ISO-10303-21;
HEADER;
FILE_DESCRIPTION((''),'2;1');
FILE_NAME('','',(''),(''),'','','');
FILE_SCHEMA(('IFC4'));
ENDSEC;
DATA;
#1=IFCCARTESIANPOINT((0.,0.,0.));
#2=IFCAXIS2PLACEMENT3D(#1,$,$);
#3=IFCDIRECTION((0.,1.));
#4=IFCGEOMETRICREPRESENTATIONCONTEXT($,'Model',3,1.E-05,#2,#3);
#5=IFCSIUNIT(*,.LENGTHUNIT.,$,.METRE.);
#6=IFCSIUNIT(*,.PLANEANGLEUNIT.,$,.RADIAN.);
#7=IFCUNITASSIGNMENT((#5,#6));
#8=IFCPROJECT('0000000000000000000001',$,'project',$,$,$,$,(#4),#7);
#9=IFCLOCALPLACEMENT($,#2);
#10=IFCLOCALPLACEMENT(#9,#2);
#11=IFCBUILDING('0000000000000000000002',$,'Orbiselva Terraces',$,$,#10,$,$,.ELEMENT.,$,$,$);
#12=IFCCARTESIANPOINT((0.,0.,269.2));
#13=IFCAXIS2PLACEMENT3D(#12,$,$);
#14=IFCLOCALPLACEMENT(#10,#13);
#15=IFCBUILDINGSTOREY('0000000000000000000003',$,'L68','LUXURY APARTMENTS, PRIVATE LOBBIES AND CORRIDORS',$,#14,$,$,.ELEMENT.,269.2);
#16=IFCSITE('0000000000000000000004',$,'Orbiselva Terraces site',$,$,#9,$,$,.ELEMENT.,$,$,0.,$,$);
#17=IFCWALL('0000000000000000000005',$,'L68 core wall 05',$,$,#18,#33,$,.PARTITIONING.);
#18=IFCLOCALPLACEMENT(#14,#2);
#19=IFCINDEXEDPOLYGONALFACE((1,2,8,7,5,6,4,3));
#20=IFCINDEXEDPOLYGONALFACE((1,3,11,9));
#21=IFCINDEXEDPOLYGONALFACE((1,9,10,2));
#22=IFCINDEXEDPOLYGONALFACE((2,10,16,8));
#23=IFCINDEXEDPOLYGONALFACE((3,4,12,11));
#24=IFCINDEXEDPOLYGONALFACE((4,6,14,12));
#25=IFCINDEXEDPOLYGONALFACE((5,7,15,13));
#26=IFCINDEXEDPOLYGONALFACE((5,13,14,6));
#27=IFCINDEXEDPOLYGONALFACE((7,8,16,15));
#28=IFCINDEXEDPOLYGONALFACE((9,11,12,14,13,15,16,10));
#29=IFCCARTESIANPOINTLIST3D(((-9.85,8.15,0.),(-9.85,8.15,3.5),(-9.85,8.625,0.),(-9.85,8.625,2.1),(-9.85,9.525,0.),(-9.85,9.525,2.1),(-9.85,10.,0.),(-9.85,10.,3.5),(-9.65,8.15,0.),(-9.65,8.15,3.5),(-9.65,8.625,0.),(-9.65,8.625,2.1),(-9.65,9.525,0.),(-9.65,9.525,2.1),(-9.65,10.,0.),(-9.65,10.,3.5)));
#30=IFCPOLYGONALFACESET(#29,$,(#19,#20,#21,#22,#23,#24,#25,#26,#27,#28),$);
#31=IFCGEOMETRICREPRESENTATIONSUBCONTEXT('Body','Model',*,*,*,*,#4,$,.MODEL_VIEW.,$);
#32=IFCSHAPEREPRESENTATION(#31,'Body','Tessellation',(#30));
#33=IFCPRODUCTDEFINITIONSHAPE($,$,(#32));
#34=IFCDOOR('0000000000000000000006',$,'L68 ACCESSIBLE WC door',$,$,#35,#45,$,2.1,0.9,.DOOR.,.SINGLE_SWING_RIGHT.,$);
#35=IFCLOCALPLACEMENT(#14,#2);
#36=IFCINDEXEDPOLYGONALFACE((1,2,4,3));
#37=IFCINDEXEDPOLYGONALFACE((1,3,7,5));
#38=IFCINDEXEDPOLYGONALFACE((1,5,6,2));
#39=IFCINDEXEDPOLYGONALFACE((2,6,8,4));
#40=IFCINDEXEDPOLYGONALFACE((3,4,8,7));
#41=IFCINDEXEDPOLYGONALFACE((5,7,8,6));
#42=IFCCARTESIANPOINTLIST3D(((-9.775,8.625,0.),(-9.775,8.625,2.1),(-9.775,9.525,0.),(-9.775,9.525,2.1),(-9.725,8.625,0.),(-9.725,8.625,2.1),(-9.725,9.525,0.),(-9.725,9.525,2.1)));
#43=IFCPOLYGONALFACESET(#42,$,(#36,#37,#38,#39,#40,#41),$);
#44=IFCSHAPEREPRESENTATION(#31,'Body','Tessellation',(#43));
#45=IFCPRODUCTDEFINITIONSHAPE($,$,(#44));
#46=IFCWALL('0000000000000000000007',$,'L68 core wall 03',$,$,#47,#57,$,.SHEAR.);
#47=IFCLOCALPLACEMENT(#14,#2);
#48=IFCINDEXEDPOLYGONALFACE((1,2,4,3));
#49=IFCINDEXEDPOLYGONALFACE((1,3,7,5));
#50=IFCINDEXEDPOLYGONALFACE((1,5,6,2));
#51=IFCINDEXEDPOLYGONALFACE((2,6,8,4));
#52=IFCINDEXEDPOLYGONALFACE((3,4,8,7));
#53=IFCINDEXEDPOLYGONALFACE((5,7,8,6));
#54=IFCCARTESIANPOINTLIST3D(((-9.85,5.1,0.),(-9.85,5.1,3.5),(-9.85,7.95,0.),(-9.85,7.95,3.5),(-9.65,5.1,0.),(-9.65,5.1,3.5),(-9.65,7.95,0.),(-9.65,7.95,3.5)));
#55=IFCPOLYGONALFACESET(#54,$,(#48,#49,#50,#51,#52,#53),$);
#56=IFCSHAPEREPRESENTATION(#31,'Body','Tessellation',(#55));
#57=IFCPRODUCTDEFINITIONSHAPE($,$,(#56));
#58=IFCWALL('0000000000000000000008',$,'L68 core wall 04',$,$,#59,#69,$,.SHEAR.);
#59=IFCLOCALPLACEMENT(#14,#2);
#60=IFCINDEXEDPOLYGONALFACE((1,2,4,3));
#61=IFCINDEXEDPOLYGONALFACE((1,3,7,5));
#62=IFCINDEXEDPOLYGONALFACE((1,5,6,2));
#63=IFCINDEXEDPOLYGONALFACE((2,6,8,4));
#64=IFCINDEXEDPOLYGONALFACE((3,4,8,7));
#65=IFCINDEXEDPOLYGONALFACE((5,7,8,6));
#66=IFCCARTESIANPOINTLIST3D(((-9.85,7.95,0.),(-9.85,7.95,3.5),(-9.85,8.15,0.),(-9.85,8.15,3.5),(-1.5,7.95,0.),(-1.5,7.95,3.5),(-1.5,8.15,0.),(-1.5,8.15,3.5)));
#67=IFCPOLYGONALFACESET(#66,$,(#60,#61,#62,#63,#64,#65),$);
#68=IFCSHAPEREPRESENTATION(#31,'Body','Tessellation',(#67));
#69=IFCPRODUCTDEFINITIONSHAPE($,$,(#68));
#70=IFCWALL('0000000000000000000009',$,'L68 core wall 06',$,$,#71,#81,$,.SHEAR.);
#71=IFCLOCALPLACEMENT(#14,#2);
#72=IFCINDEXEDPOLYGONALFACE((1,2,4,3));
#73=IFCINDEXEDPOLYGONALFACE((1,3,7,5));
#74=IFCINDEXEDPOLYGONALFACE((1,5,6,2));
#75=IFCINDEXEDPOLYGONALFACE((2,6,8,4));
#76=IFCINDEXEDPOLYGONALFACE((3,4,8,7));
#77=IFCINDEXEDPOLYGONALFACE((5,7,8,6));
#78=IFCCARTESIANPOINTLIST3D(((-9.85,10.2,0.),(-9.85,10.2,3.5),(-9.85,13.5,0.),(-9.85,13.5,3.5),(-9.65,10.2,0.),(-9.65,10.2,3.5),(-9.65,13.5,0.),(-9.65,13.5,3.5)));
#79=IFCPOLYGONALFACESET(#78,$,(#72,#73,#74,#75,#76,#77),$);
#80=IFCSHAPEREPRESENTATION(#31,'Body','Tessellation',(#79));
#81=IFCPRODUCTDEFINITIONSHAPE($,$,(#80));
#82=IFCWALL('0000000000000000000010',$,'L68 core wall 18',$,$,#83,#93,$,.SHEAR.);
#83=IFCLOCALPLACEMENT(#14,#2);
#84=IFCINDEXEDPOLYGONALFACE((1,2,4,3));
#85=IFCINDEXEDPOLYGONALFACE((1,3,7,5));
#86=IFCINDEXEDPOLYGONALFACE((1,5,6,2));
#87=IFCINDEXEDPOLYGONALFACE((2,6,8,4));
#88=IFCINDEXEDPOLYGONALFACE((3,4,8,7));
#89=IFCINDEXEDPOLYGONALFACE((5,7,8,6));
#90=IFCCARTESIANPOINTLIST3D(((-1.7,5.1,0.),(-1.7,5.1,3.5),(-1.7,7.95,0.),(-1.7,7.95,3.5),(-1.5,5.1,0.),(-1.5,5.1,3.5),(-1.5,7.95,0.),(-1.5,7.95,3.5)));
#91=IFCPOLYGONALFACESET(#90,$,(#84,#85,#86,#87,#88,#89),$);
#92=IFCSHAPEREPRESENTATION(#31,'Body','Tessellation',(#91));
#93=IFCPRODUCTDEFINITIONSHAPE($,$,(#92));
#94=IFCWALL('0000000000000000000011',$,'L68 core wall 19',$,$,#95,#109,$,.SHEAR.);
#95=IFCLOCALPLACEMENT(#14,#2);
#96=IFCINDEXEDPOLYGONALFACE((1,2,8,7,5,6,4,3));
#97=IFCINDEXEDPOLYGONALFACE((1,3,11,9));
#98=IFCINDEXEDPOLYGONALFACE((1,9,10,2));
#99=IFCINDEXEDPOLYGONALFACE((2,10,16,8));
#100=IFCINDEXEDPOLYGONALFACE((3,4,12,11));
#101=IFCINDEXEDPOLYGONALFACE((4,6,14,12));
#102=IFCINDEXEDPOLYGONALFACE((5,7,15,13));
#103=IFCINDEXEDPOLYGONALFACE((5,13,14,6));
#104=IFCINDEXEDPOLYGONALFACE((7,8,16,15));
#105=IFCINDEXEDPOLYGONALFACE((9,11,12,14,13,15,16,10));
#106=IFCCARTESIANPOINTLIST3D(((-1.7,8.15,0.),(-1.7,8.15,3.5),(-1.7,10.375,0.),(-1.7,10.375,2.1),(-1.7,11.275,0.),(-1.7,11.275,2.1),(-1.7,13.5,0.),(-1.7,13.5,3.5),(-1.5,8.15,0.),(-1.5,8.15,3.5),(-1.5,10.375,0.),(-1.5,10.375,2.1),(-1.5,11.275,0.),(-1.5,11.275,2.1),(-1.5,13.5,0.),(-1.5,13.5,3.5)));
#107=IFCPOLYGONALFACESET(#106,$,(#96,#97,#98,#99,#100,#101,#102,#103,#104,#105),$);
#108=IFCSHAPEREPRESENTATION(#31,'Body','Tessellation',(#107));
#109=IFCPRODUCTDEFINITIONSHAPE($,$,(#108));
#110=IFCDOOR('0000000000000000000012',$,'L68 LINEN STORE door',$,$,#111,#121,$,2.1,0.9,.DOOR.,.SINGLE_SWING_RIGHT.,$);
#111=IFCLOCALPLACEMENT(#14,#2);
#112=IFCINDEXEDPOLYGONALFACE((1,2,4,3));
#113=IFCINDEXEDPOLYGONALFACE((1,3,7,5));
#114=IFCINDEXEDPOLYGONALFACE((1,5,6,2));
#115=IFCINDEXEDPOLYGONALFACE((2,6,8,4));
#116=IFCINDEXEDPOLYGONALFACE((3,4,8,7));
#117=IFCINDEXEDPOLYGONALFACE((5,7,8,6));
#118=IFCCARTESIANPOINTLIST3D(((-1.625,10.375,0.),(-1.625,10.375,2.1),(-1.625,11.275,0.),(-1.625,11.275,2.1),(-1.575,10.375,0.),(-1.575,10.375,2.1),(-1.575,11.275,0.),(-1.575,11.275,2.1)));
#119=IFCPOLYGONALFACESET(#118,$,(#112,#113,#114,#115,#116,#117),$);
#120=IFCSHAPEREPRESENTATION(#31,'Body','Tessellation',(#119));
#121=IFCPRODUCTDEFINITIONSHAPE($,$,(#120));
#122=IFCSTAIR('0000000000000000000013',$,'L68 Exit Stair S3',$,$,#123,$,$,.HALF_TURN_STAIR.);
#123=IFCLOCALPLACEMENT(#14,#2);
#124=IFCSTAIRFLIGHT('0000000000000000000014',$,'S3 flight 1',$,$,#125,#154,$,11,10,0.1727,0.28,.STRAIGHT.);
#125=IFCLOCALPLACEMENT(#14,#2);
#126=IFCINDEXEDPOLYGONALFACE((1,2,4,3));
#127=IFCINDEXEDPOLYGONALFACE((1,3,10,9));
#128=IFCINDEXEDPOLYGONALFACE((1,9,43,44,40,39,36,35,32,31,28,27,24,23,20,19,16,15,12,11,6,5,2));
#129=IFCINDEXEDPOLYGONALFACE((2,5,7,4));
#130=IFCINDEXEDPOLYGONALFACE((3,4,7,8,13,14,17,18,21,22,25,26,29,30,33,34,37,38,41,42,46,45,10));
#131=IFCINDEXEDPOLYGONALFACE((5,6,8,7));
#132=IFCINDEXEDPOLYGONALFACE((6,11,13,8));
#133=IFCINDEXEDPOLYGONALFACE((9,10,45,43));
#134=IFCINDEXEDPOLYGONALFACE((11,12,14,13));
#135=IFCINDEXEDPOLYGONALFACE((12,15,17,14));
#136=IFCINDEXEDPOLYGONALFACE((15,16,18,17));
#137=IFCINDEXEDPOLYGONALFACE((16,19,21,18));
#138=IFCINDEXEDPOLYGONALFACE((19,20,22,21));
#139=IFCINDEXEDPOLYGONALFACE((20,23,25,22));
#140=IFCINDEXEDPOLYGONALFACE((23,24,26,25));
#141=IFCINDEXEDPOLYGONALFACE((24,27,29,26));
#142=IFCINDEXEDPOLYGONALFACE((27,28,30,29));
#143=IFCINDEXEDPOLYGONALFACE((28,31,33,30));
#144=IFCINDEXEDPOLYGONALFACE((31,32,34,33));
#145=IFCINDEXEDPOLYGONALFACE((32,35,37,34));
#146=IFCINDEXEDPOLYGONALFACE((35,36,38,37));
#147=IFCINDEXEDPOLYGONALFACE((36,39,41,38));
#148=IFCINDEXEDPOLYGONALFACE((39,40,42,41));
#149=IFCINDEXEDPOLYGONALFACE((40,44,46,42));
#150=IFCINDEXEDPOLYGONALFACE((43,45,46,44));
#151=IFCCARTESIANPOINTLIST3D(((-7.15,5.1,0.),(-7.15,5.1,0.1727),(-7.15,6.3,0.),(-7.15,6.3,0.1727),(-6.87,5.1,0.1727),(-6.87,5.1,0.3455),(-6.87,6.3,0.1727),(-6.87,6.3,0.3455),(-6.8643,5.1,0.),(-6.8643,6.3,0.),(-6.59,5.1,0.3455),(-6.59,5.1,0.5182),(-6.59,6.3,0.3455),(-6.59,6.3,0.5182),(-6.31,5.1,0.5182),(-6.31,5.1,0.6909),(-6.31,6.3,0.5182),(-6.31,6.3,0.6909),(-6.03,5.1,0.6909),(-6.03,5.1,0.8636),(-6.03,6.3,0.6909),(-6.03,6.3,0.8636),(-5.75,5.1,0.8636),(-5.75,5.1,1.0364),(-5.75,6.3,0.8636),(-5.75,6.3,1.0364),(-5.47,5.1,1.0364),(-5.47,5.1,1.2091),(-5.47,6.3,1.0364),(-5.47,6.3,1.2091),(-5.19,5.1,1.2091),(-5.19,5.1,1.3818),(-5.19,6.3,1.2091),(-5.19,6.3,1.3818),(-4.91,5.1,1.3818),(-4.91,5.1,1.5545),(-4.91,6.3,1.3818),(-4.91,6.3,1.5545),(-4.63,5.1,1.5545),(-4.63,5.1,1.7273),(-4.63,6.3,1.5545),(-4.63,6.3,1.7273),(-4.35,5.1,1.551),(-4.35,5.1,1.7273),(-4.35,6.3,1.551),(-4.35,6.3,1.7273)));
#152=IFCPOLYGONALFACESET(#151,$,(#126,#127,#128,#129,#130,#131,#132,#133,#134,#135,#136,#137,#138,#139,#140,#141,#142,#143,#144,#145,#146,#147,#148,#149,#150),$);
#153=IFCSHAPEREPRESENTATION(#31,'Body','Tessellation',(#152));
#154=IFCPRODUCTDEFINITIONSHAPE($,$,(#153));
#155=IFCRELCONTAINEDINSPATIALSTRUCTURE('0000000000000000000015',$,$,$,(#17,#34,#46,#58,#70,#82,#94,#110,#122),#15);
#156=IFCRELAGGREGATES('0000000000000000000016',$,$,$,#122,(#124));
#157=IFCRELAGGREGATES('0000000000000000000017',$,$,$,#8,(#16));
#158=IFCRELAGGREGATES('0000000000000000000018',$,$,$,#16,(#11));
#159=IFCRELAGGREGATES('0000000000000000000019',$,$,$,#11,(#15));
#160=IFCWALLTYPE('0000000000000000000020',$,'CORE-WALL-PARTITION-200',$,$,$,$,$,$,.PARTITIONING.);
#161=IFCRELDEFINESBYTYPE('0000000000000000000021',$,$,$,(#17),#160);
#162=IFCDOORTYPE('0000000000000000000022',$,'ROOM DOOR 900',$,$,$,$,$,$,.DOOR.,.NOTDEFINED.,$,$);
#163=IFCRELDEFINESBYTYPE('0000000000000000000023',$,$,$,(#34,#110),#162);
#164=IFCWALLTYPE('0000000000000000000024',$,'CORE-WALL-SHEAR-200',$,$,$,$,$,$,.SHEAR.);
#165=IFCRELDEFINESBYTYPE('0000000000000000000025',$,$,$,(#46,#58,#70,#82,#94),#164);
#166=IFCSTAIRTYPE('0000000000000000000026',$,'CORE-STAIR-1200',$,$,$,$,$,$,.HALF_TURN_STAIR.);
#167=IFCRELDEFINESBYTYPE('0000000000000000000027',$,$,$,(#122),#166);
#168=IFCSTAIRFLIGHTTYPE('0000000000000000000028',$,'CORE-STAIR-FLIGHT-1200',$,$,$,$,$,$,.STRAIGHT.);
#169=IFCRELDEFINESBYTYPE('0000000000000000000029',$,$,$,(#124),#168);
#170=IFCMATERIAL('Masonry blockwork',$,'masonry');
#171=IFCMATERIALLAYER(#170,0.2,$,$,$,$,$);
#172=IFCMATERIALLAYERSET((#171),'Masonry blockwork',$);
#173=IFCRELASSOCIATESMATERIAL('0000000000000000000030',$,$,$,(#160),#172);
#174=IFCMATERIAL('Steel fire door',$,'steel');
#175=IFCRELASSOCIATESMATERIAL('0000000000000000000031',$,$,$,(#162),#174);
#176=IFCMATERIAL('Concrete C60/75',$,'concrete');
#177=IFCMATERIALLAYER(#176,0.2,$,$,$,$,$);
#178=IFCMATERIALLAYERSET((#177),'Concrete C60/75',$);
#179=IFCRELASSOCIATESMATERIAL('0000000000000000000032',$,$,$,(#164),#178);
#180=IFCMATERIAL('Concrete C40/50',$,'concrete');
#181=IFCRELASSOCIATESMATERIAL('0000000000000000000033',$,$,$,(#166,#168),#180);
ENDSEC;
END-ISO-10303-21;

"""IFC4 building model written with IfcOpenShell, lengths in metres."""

from ifc_helpers import new_model, si_unit, direction, frame, frame_2d, origin, place, context, subcontext, project, spatial, polyline, rectangle, outline, extrude, material, layer, layer_set, type_object, element, fill, aggregate, save


model = new_model("IFC4")

# Units and contexts
model_context = context("Model", 3, precision=1e-05, world=origin(), true_north=direction((0.0, 1.0)))
body_context = subcontext(model_context, "Body", "Model", "MODEL_VIEW")
ifc_project = project(units=[si_unit("LENGTHUNIT", "METRE"), si_unit("PLANEANGLEUNIT", "RADIAN")], contexts=[model_context])

# Site, building, storey
site_placement = place(None, origin())
site = spatial("IfcSite", under=ifc_project, at=site_placement, Name="Orbiselva Terraces site", CompositionType="ELEMENT", RefElevation=0.0)
building_placement = place(site_placement, origin())
building = spatial("IfcBuilding", under=site, at=building_placement, Name="Orbiselva Terraces", CompositionType="ELEMENT")
storey_placement = place(building_placement, frame((0.0, 0.0, 269.2)))
storey = spatial("IfcBuildingStorey", under=building, at=storey_placement, Name="L68", Description="LUXURY APARTMENTS, PRIVATE LOBBIES AND CORRIDORS", CompositionType="ELEMENT", Elevation=269.2)

# Wall, opening, door
ifc_material_1 = material(Name="Masonry blockwork", Category="masonry")
ifc_layer_1 = layer(ifc_material_1, 0.2)
ifc_layer_set_1 = layer_set([ifc_layer_1], Name="Masonry blockwork")
wall_type_1 = type_object("IfcWallType", Name="CORE-WALL-PARTITION-200", PredefinedType="PARTITIONING", material=ifc_layer_set_1)
wall_1_placement = place(storey_placement, frame((-9.75, 8.15, 0.0), z_axis=(0.0, 0.0, 1.0), x_axis=(0.0, 1.0, 0.0)))
wall_1 = element("IfcWall", 1, at=wall_1_placement, inside=storey, type_object=wall_type_1, Name="L68 core wall 05", PredefinedType="PARTITIONING", context=body_context, shape_type="SweptSolid", body=[
    extrude(rectangle(XDim=1.85, YDim=0.2, at=frame_2d((0.925, 0.0))), origin(), (0.0, 0.0, 1.0), 3.5),
])
opening_1_placement = place(wall_1_placement, frame((0.475, 0.0, 0.0)))
opening_1 = element("IfcOpeningElement", 2, at=opening_1_placement, cuts=wall_1, PredefinedType="OPENING", context=body_context, shape_type="SweptSolid", body=[
    extrude(rectangle(XDim=0.9, YDim=2.1, at=frame_2d((0.45, 1.05))), frame((0.0, 0.11, 0.0), z_axis=(0.0, -1.0, 0.0), x_axis=(1.0, 0.0, 0.0)), (0.0, 0.0, 1.0), 0.22),
])
ifc_material_2 = material(Name="Steel fire door", Category="steel")
door_type = type_object("IfcDoorType", Name="ROOM DOOR 900", OperationType="NOTDEFINED", PredefinedType="DOOR", material=ifc_material_2)
door_1_placement = place(opening_1_placement, origin())
door_1 = element("IfcDoor", 3, at=door_1_placement, inside=storey, type_object=door_type, Name="L68 ACCESSIBLE WC door", OperationType="SINGLE_SWING_RIGHT", OverallHeight=2.1, OverallWidth=0.9, PredefinedType="DOOR", context=body_context, shape_type="SweptSolid", body=[
    extrude(rectangle(XDim=0.9, YDim=2.1, at=frame_2d((0.45, 1.05))), frame((0.0, 0.025, 0.0), z_axis=(0.0, -1.0, 0.0), x_axis=(1.0, 0.0, 0.0)), (0.0, 0.0, 1.0), 0.05),
])
fill(opening_1, door_1)

# Walls
ifc_material_3 = material(Name="Concrete C60/75", Category="concrete")
ifc_layer_2 = layer(ifc_material_3, 0.2)
ifc_layer_set_2 = layer_set([ifc_layer_2], Name="Concrete C60/75")
wall_type_2 = type_object("IfcWallType", Name="CORE-WALL-SHEAR-200", PredefinedType="SHEAR", material=ifc_layer_set_2)
wall_2_placement = place(storey_placement, frame((-9.75, 5.1, 0.0), z_axis=(0.0, 0.0, 1.0), x_axis=(0.0, 1.0, 0.0)))
element("IfcWall", 4, at=wall_2_placement, inside=storey, type_object=wall_type_2, Name="L68 core wall 03", PredefinedType="SHEAR", context=body_context, shape_type="SweptSolid", body=[
    extrude(rectangle(XDim=2.85, YDim=0.2, at=frame_2d((1.425, 0.0))), origin(), (0.0, 0.0, 1.0), 3.5),
])
wall_3_placement = place(storey_placement, frame((-9.85, 8.05, 0.0), z_axis=(0.0, 0.0, 1.0), x_axis=(1.0, 0.0, 0.0)))
element("IfcWall", 5, at=wall_3_placement, inside=storey, type_object=wall_type_2, Name="L68 core wall 04", PredefinedType="SHEAR", context=body_context, shape_type="SweptSolid", body=[
    extrude(rectangle(XDim=8.35, YDim=0.2, at=frame_2d((4.175, 0.0))), origin(), (0.0, 0.0, 1.0), 3.5),
])
wall_4_placement = place(storey_placement, frame((-9.75, 10.2, 0.0), z_axis=(0.0, 0.0, 1.0), x_axis=(0.0, 1.0, 0.0)))
element("IfcWall", 6, at=wall_4_placement, inside=storey, type_object=wall_type_2, Name="L68 core wall 06", PredefinedType="SHEAR", context=body_context, shape_type="SweptSolid", body=[
    extrude(rectangle(XDim=3.3, YDim=0.2, at=frame_2d((1.65, 0.0))), origin(), (0.0, 0.0, 1.0), 3.5),
])
wall_5_placement = place(storey_placement, frame((-1.6, 5.1, 0.0), z_axis=(0.0, 0.0, 1.0), x_axis=(0.0, 1.0, 0.0)))
element("IfcWall", 7, at=wall_5_placement, inside=storey, type_object=wall_type_2, Name="L68 core wall 18", PredefinedType="SHEAR", context=body_context, shape_type="SweptSolid", body=[
    extrude(rectangle(XDim=2.85, YDim=0.2, at=frame_2d((1.425, 0.0))), origin(), (0.0, 0.0, 1.0), 3.5),
])

# Wall, opening, door
wall_6_placement = place(storey_placement, frame((-1.6, 8.15, 0.0), z_axis=(0.0, 0.0, 1.0), x_axis=(0.0, 1.0, 0.0)))
wall_6 = element("IfcWall", 8, at=wall_6_placement, inside=storey, type_object=wall_type_2, Name="L68 core wall 19", PredefinedType="SHEAR", context=body_context, shape_type="SweptSolid", body=[
    extrude(rectangle(XDim=5.35, YDim=0.2, at=frame_2d((2.675, 0.0))), origin(), (0.0, 0.0, 1.0), 3.5),
])
opening_2_placement = place(wall_6_placement, frame((2.225, 0.0, 0.0)))
opening_2 = element("IfcOpeningElement", 9, at=opening_2_placement, cuts=wall_6, PredefinedType="OPENING", context=body_context, shape_type="SweptSolid", body=[
    extrude(rectangle(XDim=0.9, YDim=2.1, at=frame_2d((0.45, 1.05))), frame((0.0, 0.11, 0.0), z_axis=(0.0, -1.0, 0.0), x_axis=(1.0, 0.0, 0.0)), (0.0, 0.0, 1.0), 0.22),
])
door_2_placement = place(opening_2_placement, origin())
door_2 = element("IfcDoor", 10, at=door_2_placement, inside=storey, type_object=door_type, Name="L68 LINEN STORE door", OperationType="SINGLE_SWING_RIGHT", OverallHeight=2.1, OverallWidth=0.9, PredefinedType="DOOR", context=body_context, shape_type="SweptSolid", body=[
    extrude(rectangle(XDim=0.9, YDim=2.1, at=frame_2d((0.45, 1.05))), frame((0.0, 0.025, 0.0), z_axis=(0.0, -1.0, 0.0), x_axis=(1.0, 0.0, 0.0)), (0.0, 0.0, 1.0), 0.05),
])
fill(opening_2, door_2)

# Stair, stair flight
ifc_material_4 = material(Name="Concrete C40/50", Category="concrete")
stair_type = type_object("IfcStairType", Name="CORE-STAIR-1200", PredefinedType="HALF_TURN_STAIR", material=ifc_material_4)
stair_placement = place(storey_placement, origin())
stair = element("IfcStair", 11, at=stair_placement, inside=storey, type_object=stair_type, Name="L68 Exit Stair S3", PredefinedType="HALF_TURN_STAIR")
stair_flight_type = type_object("IfcStairFlightType", Name="CORE-STAIR-FLIGHT-1200", PredefinedType="STRAIGHT", material=ifc_material_4)
stair_flight_1_placement = place(storey_placement, frame((-7.15, 5.7, 0.0), z_axis=(0.0, 0.0, 1.0), x_axis=(1.0, 0.0, 0.0)))
stair_flight_1 = element("IfcStairFlight", 12, at=stair_flight_1_placement, type_object=stair_flight_type, Name="S3 flight 1", NumberOfRisers=11, NumberOfTreads=10, PredefinedType="STRAIGHT", RiserHeight=0.1727, TreadLength=0.28, context=body_context, shape_type="SweptSolid", body=[
    extrude(outline(polyline([(0.0, 0.0), (0.0, 0.1727), (0.28, 0.1727), (0.28, 0.3455), (0.56, 0.3455), (0.56, 0.5182), (0.84, 0.5182), (0.84, 0.6909), (1.12, 0.6909), (1.12, 0.8636), (1.4, 0.8636), (1.4, 1.0364), (1.68, 1.0364), (1.68, 1.2091), (1.96, 1.2091), (1.96, 1.3818), (2.24, 1.3818), (2.24, 1.5545), (2.52, 1.5545), (2.52, 1.7273), (2.8, 1.7273), (2.8, 1.9), (2.8, 1.551), (0.2857, 0.0), (0.0, 0.0)])), frame((0.0, 0.6, 0.0), z_axis=(0.0, -1.0, 0.0), x_axis=(1.0, 0.0, 0.0)), (0.0, 0.0, 1.0), 1.2),
])
aggregate(stair, [stair_flight_1])

save(model, "model.ifc")
